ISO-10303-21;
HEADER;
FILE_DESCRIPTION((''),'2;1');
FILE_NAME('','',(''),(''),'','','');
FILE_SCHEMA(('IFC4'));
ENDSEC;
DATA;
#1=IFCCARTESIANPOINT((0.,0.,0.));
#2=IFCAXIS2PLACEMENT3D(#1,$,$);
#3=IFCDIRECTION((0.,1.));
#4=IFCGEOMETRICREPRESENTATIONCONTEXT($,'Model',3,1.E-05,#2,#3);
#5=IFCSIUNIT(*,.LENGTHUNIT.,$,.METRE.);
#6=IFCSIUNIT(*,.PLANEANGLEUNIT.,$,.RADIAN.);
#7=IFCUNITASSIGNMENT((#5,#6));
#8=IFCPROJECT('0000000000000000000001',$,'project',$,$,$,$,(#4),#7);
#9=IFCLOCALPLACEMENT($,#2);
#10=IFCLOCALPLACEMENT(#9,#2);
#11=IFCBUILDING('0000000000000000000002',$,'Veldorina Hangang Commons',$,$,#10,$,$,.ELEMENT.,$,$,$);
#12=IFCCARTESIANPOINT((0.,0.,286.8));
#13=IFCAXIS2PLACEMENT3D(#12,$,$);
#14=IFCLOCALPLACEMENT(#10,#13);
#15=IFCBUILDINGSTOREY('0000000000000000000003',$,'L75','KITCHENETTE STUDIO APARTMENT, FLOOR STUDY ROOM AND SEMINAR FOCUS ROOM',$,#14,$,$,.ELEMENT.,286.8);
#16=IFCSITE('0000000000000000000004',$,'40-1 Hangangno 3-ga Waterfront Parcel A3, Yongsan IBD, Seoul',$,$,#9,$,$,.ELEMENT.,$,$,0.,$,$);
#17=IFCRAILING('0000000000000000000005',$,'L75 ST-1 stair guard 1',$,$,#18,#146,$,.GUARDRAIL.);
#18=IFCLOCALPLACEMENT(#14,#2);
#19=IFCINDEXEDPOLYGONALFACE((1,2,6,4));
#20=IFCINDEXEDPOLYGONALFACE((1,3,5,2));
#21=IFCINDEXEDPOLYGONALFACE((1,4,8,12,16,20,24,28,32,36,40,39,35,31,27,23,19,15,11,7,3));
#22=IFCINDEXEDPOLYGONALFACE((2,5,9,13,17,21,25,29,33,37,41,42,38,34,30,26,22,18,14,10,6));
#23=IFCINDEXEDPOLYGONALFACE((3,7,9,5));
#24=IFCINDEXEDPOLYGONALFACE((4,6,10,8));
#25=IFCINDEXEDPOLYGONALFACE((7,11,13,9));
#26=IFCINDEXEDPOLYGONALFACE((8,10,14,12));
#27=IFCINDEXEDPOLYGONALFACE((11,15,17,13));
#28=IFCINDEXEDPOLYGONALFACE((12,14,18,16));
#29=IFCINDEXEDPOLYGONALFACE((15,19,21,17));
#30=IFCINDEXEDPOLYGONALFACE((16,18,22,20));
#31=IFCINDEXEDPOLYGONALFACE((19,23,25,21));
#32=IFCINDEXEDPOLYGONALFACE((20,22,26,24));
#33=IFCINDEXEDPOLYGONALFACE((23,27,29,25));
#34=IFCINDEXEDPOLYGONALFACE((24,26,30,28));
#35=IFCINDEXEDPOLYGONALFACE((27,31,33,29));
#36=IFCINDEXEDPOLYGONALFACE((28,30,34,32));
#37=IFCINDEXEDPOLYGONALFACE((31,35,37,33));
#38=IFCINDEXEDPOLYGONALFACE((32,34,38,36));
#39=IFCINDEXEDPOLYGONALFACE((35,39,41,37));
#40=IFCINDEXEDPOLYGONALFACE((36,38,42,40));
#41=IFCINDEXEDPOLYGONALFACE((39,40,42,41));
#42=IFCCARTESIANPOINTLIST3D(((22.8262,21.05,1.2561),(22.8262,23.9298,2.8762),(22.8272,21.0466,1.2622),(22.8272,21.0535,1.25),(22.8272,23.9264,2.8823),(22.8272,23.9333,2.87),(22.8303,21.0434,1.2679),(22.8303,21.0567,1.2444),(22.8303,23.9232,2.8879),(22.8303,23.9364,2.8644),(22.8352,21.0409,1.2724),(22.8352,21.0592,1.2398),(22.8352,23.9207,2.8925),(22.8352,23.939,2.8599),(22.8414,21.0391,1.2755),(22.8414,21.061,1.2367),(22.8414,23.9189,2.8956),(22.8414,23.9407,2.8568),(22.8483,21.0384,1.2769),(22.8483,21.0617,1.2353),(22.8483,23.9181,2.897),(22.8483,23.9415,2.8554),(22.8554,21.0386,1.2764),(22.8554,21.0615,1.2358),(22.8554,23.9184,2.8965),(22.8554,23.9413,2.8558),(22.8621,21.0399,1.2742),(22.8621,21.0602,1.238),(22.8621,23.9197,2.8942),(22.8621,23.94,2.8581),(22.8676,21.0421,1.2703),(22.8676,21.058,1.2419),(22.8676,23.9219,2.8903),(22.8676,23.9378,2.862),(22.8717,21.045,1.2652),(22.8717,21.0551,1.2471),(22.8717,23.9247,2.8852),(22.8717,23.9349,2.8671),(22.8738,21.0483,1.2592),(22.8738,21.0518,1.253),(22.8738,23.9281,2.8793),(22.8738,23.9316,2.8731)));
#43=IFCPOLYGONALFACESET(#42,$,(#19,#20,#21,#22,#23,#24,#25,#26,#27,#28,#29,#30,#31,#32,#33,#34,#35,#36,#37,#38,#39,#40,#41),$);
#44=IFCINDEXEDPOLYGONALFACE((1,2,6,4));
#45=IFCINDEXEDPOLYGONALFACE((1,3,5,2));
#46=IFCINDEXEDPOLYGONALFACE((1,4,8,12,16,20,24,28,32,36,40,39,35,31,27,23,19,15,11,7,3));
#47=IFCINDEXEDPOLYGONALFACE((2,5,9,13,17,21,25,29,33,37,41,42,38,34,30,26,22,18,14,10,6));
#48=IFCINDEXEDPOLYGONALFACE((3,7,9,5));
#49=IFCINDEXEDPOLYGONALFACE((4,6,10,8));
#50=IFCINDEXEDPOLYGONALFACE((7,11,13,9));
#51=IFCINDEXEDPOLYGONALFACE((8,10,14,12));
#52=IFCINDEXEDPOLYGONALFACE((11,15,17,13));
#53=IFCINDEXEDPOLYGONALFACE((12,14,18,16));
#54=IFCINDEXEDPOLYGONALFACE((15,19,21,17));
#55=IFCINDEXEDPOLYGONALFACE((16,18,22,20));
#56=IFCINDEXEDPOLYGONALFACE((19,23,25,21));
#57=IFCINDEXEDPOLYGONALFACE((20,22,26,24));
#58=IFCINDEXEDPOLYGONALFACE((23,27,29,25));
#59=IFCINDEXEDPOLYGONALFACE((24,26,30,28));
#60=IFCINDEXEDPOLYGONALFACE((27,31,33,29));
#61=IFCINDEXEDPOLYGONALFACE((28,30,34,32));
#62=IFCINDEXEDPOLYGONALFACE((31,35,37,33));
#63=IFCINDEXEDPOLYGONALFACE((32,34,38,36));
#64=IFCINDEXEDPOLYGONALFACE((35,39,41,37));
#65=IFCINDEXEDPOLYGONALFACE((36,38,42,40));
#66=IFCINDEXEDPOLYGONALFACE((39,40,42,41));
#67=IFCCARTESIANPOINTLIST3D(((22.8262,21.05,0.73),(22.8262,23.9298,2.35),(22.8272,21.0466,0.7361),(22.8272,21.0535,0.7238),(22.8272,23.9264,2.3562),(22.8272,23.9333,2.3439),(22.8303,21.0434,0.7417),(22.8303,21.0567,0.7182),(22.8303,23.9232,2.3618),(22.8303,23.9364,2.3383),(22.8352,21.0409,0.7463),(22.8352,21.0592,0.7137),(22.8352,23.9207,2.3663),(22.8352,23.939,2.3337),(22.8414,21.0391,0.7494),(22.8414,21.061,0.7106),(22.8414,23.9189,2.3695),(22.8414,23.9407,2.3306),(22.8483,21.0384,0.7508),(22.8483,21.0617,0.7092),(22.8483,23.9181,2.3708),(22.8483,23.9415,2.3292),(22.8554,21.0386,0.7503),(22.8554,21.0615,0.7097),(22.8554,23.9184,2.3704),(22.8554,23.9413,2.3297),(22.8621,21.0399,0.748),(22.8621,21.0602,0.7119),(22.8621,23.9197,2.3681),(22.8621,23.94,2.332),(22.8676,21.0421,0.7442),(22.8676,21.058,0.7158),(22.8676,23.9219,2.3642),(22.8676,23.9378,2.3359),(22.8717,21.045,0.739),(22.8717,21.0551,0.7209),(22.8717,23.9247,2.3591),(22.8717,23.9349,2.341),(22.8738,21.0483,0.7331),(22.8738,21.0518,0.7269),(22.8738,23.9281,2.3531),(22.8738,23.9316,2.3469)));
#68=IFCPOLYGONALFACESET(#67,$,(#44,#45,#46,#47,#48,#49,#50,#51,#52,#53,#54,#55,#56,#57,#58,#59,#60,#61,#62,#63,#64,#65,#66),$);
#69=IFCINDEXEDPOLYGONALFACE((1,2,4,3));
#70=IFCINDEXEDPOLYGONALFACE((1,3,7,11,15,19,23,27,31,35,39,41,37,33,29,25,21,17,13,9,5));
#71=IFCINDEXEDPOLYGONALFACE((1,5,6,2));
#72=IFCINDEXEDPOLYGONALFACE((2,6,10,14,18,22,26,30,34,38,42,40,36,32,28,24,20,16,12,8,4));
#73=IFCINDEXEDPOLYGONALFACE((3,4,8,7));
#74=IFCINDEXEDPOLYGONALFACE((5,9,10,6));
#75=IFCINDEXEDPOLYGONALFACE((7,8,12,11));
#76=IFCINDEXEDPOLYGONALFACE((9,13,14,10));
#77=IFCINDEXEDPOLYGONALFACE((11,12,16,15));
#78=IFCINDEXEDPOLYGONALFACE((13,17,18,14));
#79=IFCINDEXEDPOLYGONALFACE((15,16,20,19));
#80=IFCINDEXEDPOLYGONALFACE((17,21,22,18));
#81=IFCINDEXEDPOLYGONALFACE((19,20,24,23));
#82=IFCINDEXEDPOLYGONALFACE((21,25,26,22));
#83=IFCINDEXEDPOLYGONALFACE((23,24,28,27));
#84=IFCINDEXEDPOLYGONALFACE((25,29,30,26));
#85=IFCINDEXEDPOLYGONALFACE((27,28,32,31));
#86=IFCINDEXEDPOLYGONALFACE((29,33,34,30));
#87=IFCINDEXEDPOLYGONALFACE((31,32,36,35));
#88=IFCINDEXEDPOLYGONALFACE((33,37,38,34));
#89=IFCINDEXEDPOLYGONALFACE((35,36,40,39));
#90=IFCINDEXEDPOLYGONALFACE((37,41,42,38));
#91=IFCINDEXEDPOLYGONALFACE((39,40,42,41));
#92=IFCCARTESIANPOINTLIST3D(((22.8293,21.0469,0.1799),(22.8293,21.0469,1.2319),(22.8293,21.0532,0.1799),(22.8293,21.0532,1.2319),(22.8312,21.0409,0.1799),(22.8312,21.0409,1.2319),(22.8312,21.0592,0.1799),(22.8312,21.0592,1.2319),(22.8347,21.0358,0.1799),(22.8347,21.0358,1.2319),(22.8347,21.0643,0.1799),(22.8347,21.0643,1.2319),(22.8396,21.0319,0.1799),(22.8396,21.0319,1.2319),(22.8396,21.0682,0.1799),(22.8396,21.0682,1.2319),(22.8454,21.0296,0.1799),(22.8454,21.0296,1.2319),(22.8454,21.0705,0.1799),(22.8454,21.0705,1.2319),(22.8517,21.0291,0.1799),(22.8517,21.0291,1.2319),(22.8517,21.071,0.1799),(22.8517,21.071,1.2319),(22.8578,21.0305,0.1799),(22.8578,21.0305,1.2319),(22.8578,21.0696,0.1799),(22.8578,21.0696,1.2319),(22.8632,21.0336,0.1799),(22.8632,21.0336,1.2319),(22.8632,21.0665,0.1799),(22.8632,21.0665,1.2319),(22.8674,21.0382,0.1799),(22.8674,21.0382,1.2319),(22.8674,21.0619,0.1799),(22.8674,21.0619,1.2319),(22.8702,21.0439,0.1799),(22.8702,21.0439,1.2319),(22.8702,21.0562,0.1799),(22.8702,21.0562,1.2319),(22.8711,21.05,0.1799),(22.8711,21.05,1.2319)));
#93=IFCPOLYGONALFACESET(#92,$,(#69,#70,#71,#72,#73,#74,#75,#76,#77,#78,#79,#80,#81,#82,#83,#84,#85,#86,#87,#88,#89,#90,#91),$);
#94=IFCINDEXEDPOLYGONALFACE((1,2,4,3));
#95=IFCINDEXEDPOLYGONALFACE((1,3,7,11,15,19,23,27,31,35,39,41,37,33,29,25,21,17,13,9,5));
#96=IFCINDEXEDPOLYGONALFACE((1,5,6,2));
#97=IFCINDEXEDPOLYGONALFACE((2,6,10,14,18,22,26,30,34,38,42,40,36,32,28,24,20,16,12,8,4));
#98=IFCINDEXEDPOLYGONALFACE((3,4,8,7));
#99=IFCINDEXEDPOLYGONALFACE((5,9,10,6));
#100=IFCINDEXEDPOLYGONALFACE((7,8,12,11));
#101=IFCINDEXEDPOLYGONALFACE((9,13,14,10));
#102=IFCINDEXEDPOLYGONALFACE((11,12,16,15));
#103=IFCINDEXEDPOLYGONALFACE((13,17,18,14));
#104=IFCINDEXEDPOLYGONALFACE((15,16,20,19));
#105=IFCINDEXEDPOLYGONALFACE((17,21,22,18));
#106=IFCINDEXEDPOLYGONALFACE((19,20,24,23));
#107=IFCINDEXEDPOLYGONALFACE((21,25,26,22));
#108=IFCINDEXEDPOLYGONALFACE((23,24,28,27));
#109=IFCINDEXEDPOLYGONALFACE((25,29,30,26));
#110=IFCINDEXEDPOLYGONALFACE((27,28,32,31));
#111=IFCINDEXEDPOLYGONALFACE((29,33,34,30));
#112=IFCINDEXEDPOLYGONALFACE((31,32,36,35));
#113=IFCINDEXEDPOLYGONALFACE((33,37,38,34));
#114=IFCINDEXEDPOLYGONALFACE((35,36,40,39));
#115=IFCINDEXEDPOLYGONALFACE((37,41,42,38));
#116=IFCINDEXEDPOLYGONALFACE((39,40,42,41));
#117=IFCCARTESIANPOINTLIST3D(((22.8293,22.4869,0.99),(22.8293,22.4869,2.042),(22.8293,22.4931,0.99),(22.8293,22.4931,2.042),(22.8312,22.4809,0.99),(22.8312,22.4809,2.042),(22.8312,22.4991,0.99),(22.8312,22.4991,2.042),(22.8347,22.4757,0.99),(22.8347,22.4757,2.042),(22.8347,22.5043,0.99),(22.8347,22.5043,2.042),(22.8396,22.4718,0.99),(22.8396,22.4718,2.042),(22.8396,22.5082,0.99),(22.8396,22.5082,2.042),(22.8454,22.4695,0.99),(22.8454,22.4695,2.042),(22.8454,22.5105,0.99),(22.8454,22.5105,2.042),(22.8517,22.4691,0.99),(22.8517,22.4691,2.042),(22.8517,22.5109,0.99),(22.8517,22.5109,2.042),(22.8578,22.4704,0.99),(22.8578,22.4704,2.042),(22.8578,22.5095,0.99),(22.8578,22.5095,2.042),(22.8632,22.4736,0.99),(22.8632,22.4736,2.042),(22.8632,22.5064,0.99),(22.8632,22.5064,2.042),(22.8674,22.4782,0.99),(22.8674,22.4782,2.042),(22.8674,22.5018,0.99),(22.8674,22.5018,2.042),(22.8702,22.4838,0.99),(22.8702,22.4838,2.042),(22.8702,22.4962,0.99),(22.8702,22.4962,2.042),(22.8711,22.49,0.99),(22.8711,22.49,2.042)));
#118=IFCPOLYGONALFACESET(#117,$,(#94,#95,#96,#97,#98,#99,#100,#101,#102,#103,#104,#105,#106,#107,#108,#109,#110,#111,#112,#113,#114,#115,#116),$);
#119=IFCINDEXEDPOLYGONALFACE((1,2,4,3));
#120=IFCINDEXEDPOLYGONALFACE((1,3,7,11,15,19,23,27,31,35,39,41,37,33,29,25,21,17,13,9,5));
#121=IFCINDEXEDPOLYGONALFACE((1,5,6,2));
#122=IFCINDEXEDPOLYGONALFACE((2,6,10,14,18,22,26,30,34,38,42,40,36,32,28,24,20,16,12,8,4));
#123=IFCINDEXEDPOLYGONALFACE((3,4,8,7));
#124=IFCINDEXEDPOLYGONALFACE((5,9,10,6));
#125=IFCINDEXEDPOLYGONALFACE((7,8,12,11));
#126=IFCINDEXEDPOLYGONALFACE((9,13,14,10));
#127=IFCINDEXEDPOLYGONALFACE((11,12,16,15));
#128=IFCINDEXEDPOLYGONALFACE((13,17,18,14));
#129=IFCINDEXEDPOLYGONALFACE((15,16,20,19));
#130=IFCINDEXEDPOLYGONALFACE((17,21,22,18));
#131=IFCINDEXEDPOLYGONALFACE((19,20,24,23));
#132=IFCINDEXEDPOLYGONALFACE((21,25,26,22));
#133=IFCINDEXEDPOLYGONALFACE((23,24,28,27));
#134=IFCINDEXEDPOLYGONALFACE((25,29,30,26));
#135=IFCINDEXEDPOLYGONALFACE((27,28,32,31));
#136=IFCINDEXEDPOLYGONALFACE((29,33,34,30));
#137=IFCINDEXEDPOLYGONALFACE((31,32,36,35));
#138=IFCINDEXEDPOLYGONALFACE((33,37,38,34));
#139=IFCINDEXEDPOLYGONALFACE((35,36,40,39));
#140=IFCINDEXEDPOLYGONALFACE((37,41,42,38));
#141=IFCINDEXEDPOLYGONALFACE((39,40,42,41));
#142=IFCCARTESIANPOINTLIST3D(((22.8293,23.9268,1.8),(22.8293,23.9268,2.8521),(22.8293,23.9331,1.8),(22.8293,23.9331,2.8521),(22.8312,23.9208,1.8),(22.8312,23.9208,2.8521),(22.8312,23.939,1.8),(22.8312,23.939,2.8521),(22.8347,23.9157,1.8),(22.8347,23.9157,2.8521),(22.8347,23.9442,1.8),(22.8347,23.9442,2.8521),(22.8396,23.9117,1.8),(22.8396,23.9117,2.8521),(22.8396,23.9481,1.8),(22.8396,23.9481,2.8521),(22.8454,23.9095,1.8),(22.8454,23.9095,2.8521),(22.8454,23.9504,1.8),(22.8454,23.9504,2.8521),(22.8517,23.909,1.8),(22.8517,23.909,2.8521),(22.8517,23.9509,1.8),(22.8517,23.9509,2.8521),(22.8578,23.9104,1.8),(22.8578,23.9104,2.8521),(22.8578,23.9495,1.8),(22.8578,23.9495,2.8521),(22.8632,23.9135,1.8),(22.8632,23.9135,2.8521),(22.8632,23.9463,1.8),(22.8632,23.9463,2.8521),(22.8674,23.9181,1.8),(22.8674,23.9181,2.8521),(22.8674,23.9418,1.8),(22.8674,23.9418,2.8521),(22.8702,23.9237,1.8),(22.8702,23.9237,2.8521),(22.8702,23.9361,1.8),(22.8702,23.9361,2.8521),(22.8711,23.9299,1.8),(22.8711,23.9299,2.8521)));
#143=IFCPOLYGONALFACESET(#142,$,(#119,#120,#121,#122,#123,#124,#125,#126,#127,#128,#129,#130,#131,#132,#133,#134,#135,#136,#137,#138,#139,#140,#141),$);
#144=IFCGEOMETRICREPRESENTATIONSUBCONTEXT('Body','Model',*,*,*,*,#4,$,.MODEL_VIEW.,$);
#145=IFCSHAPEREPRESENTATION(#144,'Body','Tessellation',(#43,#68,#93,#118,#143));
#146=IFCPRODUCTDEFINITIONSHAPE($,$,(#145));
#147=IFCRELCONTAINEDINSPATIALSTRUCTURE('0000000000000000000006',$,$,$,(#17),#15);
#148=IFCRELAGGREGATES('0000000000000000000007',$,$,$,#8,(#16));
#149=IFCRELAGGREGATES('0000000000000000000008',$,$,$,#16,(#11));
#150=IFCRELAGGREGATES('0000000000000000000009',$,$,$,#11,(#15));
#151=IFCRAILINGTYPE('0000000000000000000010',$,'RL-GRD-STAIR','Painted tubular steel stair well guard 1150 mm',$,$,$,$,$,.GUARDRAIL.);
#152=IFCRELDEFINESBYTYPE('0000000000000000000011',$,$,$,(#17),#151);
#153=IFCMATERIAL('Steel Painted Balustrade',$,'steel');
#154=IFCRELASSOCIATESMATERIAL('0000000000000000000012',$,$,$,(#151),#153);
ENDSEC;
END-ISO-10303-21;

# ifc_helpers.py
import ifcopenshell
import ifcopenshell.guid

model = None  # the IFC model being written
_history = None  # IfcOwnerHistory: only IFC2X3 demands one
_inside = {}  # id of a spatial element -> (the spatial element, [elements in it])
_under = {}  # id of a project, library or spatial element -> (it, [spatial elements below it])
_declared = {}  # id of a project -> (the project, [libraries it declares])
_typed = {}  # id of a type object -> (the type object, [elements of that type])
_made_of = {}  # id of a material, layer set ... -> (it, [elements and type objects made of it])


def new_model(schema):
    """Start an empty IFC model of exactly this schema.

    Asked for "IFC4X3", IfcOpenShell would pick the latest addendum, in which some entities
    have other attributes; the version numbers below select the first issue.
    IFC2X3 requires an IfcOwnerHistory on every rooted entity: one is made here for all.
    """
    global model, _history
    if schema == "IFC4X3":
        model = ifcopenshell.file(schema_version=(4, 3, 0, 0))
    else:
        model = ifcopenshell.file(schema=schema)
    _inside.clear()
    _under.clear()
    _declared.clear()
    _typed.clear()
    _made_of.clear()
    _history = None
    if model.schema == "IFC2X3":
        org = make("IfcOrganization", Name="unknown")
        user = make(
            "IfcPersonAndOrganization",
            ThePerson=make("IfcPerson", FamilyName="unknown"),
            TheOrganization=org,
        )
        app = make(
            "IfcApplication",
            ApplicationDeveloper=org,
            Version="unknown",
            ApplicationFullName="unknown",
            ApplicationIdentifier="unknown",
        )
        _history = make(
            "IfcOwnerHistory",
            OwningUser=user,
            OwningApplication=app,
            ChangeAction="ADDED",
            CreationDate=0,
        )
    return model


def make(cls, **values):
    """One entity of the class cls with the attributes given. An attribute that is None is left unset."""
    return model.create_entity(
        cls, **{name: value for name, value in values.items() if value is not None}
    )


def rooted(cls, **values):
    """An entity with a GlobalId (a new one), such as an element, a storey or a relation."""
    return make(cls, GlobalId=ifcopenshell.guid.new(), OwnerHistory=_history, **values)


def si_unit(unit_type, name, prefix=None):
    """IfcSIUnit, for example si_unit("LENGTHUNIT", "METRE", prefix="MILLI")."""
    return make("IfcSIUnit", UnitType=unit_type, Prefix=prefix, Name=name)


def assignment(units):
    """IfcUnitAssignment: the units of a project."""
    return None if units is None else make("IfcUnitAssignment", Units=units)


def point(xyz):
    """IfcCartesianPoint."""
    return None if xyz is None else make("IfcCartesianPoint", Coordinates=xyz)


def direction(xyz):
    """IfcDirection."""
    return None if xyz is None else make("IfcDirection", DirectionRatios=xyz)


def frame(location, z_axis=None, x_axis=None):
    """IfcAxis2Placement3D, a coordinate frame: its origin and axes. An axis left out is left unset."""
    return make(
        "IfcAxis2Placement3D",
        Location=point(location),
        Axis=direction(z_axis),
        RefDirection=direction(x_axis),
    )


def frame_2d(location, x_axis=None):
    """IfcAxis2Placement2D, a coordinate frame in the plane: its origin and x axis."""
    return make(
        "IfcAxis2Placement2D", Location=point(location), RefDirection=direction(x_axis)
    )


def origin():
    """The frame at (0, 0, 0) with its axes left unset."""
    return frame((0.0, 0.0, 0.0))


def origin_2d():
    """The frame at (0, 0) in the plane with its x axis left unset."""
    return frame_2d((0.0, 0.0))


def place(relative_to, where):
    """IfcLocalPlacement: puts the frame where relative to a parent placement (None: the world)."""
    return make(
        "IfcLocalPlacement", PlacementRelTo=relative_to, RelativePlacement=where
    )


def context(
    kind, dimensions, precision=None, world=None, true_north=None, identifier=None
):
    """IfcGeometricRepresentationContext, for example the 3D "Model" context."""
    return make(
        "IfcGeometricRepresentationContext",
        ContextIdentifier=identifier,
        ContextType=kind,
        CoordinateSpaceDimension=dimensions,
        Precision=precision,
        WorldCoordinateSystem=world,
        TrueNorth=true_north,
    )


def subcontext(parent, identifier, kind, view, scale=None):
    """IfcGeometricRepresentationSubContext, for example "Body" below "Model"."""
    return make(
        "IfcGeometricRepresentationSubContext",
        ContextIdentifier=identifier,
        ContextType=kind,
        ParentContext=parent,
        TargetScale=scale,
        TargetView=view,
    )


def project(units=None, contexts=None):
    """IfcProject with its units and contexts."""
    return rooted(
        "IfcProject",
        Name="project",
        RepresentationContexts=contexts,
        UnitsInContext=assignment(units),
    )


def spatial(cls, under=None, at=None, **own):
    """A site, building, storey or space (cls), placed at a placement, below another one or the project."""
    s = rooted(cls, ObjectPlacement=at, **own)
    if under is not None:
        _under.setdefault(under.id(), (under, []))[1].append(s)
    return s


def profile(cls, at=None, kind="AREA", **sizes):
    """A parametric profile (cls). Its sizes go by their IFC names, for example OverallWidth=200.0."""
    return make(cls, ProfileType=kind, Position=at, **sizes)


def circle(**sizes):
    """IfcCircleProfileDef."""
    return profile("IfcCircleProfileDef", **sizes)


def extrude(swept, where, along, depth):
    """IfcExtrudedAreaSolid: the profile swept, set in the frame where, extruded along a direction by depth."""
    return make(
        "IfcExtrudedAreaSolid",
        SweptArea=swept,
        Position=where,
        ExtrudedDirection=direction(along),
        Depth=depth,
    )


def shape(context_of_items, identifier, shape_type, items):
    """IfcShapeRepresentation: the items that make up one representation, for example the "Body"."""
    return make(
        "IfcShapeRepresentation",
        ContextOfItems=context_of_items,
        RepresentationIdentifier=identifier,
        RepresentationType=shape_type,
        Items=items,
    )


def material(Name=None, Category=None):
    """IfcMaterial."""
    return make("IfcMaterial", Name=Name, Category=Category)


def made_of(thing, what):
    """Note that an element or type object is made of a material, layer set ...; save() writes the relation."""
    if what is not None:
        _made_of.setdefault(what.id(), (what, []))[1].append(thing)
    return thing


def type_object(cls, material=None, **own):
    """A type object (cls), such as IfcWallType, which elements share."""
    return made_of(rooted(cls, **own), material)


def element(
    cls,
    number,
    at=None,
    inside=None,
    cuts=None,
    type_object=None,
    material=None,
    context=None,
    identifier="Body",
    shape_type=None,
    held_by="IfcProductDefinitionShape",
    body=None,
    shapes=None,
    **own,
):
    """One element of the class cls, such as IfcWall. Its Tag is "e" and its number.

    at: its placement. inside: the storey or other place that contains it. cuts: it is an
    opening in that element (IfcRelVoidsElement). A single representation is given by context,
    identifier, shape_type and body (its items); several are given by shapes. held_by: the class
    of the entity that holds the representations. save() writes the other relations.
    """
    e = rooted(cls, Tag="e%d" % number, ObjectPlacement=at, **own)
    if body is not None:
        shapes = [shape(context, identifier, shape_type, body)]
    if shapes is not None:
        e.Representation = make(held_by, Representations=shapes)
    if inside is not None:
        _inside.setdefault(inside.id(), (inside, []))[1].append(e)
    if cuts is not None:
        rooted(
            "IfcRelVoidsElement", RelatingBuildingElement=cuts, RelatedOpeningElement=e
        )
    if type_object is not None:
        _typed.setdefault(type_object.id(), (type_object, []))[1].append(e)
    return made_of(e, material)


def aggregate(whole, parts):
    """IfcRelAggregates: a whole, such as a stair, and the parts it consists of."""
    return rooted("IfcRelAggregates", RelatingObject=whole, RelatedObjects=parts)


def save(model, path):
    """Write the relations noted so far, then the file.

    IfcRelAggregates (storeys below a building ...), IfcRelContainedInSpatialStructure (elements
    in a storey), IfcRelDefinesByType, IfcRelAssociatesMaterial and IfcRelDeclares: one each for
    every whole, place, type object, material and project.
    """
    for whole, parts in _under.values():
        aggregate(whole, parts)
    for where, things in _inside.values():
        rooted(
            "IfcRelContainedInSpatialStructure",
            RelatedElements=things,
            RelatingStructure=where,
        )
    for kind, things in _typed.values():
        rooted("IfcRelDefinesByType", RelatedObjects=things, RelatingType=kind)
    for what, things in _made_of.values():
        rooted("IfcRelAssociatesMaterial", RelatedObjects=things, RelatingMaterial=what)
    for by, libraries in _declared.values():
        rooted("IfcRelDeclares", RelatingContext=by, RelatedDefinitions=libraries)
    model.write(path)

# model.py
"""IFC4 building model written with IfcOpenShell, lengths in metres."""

from ifc_helpers import new_model, si_unit, direction, frame, origin, origin_2d, place, context, subcontext, project, spatial, circle, extrude, material, type_object, element, save


model = new_model("IFC4")

# Units and contexts
model_context = context("Model", 3, precision=1e-05, world=origin(), true_north=direction((0.0, 1.0)))
body_context = subcontext(model_context, "Body", "Model", "MODEL_VIEW")
ifc_project = project(units=[si_unit("LENGTHUNIT", "METRE"), si_unit("PLANEANGLEUNIT", "RADIAN")], contexts=[model_context])

# Site, building, storey
site_placement = place(None, origin())
site = spatial("IfcSite", under=ifc_project, at=site_placement, Name="40-1 Hangangno 3-ga Waterfront Parcel A3, Yongsan IBD, Seoul", CompositionType="ELEMENT", RefElevation=0.0)
building_placement = place(site_placement, origin())
building = spatial("IfcBuilding", under=site, at=building_placement, Name="Veldorina Hangang Commons", CompositionType="ELEMENT")
storey_placement = place(building_placement, frame((0.0, 0.0, 286.8)))
storey = spatial("IfcBuildingStorey", under=building, at=storey_placement, Name="L75", Description="KITCHENETTE STUDIO APARTMENT, FLOOR STUDY ROOM AND SEMINAR FOCUS ROOM", CompositionType="ELEMENT", Elevation=286.8)

# Railing
ifc_material_1 = material(Name="Steel Painted Balustrade", Category="steel")
railing_type_1 = type_object("IfcRailingType", Name="RL-GRD-STAIR", Description="Painted tubular steel stair well guard 1150 mm", PredefinedType="GUARDRAIL", material=ifc_material_1)
railing_1_placement = place(storey_placement, frame((22.8501, 21.05, 0.1799)))
element("IfcRailing", 1, at=railing_1_placement, inside=storey, type_object=railing_type_1, Name="L75 ST-1 stair guard 1", PredefinedType="GUARDRAIL", context=body_context, shape_type="SweptSolid", body=[
    extrude(circle(Radius=0.0239, at=origin_2d()), frame((0.0, 0.0, 1.0762), z_axis=(0.0, 0.871552, 0.490303), x_axis=(-1.0, 0.0, 0.0)), (0.0, 0.0, 1.0), 3.3042),
    extrude(circle(Radius=0.0239, at=origin_2d()), frame((0.0, 0.0, 0.55), z_axis=(0.0, 0.871552, 0.490303), x_axis=(-1.0, 0.0, 0.0)), (0.0, 0.0, 1.0), 3.3042),
    extrude(circle(Radius=0.021, at=origin_2d()), origin(), (0.0, 0.0, 1.0), 1.052),
    extrude(circle(Radius=0.021, at=origin_2d()), frame((0.0, 1.4399, 0.8101)), (0.0, 0.0, 1.0), 1.052),
    extrude(circle(Radius=0.021, at=origin_2d()), frame((0.0, 2.8799, 1.6201)), (0.0, 0.0, 1.0), 1.052),
])

save(model, "model.ifc")
